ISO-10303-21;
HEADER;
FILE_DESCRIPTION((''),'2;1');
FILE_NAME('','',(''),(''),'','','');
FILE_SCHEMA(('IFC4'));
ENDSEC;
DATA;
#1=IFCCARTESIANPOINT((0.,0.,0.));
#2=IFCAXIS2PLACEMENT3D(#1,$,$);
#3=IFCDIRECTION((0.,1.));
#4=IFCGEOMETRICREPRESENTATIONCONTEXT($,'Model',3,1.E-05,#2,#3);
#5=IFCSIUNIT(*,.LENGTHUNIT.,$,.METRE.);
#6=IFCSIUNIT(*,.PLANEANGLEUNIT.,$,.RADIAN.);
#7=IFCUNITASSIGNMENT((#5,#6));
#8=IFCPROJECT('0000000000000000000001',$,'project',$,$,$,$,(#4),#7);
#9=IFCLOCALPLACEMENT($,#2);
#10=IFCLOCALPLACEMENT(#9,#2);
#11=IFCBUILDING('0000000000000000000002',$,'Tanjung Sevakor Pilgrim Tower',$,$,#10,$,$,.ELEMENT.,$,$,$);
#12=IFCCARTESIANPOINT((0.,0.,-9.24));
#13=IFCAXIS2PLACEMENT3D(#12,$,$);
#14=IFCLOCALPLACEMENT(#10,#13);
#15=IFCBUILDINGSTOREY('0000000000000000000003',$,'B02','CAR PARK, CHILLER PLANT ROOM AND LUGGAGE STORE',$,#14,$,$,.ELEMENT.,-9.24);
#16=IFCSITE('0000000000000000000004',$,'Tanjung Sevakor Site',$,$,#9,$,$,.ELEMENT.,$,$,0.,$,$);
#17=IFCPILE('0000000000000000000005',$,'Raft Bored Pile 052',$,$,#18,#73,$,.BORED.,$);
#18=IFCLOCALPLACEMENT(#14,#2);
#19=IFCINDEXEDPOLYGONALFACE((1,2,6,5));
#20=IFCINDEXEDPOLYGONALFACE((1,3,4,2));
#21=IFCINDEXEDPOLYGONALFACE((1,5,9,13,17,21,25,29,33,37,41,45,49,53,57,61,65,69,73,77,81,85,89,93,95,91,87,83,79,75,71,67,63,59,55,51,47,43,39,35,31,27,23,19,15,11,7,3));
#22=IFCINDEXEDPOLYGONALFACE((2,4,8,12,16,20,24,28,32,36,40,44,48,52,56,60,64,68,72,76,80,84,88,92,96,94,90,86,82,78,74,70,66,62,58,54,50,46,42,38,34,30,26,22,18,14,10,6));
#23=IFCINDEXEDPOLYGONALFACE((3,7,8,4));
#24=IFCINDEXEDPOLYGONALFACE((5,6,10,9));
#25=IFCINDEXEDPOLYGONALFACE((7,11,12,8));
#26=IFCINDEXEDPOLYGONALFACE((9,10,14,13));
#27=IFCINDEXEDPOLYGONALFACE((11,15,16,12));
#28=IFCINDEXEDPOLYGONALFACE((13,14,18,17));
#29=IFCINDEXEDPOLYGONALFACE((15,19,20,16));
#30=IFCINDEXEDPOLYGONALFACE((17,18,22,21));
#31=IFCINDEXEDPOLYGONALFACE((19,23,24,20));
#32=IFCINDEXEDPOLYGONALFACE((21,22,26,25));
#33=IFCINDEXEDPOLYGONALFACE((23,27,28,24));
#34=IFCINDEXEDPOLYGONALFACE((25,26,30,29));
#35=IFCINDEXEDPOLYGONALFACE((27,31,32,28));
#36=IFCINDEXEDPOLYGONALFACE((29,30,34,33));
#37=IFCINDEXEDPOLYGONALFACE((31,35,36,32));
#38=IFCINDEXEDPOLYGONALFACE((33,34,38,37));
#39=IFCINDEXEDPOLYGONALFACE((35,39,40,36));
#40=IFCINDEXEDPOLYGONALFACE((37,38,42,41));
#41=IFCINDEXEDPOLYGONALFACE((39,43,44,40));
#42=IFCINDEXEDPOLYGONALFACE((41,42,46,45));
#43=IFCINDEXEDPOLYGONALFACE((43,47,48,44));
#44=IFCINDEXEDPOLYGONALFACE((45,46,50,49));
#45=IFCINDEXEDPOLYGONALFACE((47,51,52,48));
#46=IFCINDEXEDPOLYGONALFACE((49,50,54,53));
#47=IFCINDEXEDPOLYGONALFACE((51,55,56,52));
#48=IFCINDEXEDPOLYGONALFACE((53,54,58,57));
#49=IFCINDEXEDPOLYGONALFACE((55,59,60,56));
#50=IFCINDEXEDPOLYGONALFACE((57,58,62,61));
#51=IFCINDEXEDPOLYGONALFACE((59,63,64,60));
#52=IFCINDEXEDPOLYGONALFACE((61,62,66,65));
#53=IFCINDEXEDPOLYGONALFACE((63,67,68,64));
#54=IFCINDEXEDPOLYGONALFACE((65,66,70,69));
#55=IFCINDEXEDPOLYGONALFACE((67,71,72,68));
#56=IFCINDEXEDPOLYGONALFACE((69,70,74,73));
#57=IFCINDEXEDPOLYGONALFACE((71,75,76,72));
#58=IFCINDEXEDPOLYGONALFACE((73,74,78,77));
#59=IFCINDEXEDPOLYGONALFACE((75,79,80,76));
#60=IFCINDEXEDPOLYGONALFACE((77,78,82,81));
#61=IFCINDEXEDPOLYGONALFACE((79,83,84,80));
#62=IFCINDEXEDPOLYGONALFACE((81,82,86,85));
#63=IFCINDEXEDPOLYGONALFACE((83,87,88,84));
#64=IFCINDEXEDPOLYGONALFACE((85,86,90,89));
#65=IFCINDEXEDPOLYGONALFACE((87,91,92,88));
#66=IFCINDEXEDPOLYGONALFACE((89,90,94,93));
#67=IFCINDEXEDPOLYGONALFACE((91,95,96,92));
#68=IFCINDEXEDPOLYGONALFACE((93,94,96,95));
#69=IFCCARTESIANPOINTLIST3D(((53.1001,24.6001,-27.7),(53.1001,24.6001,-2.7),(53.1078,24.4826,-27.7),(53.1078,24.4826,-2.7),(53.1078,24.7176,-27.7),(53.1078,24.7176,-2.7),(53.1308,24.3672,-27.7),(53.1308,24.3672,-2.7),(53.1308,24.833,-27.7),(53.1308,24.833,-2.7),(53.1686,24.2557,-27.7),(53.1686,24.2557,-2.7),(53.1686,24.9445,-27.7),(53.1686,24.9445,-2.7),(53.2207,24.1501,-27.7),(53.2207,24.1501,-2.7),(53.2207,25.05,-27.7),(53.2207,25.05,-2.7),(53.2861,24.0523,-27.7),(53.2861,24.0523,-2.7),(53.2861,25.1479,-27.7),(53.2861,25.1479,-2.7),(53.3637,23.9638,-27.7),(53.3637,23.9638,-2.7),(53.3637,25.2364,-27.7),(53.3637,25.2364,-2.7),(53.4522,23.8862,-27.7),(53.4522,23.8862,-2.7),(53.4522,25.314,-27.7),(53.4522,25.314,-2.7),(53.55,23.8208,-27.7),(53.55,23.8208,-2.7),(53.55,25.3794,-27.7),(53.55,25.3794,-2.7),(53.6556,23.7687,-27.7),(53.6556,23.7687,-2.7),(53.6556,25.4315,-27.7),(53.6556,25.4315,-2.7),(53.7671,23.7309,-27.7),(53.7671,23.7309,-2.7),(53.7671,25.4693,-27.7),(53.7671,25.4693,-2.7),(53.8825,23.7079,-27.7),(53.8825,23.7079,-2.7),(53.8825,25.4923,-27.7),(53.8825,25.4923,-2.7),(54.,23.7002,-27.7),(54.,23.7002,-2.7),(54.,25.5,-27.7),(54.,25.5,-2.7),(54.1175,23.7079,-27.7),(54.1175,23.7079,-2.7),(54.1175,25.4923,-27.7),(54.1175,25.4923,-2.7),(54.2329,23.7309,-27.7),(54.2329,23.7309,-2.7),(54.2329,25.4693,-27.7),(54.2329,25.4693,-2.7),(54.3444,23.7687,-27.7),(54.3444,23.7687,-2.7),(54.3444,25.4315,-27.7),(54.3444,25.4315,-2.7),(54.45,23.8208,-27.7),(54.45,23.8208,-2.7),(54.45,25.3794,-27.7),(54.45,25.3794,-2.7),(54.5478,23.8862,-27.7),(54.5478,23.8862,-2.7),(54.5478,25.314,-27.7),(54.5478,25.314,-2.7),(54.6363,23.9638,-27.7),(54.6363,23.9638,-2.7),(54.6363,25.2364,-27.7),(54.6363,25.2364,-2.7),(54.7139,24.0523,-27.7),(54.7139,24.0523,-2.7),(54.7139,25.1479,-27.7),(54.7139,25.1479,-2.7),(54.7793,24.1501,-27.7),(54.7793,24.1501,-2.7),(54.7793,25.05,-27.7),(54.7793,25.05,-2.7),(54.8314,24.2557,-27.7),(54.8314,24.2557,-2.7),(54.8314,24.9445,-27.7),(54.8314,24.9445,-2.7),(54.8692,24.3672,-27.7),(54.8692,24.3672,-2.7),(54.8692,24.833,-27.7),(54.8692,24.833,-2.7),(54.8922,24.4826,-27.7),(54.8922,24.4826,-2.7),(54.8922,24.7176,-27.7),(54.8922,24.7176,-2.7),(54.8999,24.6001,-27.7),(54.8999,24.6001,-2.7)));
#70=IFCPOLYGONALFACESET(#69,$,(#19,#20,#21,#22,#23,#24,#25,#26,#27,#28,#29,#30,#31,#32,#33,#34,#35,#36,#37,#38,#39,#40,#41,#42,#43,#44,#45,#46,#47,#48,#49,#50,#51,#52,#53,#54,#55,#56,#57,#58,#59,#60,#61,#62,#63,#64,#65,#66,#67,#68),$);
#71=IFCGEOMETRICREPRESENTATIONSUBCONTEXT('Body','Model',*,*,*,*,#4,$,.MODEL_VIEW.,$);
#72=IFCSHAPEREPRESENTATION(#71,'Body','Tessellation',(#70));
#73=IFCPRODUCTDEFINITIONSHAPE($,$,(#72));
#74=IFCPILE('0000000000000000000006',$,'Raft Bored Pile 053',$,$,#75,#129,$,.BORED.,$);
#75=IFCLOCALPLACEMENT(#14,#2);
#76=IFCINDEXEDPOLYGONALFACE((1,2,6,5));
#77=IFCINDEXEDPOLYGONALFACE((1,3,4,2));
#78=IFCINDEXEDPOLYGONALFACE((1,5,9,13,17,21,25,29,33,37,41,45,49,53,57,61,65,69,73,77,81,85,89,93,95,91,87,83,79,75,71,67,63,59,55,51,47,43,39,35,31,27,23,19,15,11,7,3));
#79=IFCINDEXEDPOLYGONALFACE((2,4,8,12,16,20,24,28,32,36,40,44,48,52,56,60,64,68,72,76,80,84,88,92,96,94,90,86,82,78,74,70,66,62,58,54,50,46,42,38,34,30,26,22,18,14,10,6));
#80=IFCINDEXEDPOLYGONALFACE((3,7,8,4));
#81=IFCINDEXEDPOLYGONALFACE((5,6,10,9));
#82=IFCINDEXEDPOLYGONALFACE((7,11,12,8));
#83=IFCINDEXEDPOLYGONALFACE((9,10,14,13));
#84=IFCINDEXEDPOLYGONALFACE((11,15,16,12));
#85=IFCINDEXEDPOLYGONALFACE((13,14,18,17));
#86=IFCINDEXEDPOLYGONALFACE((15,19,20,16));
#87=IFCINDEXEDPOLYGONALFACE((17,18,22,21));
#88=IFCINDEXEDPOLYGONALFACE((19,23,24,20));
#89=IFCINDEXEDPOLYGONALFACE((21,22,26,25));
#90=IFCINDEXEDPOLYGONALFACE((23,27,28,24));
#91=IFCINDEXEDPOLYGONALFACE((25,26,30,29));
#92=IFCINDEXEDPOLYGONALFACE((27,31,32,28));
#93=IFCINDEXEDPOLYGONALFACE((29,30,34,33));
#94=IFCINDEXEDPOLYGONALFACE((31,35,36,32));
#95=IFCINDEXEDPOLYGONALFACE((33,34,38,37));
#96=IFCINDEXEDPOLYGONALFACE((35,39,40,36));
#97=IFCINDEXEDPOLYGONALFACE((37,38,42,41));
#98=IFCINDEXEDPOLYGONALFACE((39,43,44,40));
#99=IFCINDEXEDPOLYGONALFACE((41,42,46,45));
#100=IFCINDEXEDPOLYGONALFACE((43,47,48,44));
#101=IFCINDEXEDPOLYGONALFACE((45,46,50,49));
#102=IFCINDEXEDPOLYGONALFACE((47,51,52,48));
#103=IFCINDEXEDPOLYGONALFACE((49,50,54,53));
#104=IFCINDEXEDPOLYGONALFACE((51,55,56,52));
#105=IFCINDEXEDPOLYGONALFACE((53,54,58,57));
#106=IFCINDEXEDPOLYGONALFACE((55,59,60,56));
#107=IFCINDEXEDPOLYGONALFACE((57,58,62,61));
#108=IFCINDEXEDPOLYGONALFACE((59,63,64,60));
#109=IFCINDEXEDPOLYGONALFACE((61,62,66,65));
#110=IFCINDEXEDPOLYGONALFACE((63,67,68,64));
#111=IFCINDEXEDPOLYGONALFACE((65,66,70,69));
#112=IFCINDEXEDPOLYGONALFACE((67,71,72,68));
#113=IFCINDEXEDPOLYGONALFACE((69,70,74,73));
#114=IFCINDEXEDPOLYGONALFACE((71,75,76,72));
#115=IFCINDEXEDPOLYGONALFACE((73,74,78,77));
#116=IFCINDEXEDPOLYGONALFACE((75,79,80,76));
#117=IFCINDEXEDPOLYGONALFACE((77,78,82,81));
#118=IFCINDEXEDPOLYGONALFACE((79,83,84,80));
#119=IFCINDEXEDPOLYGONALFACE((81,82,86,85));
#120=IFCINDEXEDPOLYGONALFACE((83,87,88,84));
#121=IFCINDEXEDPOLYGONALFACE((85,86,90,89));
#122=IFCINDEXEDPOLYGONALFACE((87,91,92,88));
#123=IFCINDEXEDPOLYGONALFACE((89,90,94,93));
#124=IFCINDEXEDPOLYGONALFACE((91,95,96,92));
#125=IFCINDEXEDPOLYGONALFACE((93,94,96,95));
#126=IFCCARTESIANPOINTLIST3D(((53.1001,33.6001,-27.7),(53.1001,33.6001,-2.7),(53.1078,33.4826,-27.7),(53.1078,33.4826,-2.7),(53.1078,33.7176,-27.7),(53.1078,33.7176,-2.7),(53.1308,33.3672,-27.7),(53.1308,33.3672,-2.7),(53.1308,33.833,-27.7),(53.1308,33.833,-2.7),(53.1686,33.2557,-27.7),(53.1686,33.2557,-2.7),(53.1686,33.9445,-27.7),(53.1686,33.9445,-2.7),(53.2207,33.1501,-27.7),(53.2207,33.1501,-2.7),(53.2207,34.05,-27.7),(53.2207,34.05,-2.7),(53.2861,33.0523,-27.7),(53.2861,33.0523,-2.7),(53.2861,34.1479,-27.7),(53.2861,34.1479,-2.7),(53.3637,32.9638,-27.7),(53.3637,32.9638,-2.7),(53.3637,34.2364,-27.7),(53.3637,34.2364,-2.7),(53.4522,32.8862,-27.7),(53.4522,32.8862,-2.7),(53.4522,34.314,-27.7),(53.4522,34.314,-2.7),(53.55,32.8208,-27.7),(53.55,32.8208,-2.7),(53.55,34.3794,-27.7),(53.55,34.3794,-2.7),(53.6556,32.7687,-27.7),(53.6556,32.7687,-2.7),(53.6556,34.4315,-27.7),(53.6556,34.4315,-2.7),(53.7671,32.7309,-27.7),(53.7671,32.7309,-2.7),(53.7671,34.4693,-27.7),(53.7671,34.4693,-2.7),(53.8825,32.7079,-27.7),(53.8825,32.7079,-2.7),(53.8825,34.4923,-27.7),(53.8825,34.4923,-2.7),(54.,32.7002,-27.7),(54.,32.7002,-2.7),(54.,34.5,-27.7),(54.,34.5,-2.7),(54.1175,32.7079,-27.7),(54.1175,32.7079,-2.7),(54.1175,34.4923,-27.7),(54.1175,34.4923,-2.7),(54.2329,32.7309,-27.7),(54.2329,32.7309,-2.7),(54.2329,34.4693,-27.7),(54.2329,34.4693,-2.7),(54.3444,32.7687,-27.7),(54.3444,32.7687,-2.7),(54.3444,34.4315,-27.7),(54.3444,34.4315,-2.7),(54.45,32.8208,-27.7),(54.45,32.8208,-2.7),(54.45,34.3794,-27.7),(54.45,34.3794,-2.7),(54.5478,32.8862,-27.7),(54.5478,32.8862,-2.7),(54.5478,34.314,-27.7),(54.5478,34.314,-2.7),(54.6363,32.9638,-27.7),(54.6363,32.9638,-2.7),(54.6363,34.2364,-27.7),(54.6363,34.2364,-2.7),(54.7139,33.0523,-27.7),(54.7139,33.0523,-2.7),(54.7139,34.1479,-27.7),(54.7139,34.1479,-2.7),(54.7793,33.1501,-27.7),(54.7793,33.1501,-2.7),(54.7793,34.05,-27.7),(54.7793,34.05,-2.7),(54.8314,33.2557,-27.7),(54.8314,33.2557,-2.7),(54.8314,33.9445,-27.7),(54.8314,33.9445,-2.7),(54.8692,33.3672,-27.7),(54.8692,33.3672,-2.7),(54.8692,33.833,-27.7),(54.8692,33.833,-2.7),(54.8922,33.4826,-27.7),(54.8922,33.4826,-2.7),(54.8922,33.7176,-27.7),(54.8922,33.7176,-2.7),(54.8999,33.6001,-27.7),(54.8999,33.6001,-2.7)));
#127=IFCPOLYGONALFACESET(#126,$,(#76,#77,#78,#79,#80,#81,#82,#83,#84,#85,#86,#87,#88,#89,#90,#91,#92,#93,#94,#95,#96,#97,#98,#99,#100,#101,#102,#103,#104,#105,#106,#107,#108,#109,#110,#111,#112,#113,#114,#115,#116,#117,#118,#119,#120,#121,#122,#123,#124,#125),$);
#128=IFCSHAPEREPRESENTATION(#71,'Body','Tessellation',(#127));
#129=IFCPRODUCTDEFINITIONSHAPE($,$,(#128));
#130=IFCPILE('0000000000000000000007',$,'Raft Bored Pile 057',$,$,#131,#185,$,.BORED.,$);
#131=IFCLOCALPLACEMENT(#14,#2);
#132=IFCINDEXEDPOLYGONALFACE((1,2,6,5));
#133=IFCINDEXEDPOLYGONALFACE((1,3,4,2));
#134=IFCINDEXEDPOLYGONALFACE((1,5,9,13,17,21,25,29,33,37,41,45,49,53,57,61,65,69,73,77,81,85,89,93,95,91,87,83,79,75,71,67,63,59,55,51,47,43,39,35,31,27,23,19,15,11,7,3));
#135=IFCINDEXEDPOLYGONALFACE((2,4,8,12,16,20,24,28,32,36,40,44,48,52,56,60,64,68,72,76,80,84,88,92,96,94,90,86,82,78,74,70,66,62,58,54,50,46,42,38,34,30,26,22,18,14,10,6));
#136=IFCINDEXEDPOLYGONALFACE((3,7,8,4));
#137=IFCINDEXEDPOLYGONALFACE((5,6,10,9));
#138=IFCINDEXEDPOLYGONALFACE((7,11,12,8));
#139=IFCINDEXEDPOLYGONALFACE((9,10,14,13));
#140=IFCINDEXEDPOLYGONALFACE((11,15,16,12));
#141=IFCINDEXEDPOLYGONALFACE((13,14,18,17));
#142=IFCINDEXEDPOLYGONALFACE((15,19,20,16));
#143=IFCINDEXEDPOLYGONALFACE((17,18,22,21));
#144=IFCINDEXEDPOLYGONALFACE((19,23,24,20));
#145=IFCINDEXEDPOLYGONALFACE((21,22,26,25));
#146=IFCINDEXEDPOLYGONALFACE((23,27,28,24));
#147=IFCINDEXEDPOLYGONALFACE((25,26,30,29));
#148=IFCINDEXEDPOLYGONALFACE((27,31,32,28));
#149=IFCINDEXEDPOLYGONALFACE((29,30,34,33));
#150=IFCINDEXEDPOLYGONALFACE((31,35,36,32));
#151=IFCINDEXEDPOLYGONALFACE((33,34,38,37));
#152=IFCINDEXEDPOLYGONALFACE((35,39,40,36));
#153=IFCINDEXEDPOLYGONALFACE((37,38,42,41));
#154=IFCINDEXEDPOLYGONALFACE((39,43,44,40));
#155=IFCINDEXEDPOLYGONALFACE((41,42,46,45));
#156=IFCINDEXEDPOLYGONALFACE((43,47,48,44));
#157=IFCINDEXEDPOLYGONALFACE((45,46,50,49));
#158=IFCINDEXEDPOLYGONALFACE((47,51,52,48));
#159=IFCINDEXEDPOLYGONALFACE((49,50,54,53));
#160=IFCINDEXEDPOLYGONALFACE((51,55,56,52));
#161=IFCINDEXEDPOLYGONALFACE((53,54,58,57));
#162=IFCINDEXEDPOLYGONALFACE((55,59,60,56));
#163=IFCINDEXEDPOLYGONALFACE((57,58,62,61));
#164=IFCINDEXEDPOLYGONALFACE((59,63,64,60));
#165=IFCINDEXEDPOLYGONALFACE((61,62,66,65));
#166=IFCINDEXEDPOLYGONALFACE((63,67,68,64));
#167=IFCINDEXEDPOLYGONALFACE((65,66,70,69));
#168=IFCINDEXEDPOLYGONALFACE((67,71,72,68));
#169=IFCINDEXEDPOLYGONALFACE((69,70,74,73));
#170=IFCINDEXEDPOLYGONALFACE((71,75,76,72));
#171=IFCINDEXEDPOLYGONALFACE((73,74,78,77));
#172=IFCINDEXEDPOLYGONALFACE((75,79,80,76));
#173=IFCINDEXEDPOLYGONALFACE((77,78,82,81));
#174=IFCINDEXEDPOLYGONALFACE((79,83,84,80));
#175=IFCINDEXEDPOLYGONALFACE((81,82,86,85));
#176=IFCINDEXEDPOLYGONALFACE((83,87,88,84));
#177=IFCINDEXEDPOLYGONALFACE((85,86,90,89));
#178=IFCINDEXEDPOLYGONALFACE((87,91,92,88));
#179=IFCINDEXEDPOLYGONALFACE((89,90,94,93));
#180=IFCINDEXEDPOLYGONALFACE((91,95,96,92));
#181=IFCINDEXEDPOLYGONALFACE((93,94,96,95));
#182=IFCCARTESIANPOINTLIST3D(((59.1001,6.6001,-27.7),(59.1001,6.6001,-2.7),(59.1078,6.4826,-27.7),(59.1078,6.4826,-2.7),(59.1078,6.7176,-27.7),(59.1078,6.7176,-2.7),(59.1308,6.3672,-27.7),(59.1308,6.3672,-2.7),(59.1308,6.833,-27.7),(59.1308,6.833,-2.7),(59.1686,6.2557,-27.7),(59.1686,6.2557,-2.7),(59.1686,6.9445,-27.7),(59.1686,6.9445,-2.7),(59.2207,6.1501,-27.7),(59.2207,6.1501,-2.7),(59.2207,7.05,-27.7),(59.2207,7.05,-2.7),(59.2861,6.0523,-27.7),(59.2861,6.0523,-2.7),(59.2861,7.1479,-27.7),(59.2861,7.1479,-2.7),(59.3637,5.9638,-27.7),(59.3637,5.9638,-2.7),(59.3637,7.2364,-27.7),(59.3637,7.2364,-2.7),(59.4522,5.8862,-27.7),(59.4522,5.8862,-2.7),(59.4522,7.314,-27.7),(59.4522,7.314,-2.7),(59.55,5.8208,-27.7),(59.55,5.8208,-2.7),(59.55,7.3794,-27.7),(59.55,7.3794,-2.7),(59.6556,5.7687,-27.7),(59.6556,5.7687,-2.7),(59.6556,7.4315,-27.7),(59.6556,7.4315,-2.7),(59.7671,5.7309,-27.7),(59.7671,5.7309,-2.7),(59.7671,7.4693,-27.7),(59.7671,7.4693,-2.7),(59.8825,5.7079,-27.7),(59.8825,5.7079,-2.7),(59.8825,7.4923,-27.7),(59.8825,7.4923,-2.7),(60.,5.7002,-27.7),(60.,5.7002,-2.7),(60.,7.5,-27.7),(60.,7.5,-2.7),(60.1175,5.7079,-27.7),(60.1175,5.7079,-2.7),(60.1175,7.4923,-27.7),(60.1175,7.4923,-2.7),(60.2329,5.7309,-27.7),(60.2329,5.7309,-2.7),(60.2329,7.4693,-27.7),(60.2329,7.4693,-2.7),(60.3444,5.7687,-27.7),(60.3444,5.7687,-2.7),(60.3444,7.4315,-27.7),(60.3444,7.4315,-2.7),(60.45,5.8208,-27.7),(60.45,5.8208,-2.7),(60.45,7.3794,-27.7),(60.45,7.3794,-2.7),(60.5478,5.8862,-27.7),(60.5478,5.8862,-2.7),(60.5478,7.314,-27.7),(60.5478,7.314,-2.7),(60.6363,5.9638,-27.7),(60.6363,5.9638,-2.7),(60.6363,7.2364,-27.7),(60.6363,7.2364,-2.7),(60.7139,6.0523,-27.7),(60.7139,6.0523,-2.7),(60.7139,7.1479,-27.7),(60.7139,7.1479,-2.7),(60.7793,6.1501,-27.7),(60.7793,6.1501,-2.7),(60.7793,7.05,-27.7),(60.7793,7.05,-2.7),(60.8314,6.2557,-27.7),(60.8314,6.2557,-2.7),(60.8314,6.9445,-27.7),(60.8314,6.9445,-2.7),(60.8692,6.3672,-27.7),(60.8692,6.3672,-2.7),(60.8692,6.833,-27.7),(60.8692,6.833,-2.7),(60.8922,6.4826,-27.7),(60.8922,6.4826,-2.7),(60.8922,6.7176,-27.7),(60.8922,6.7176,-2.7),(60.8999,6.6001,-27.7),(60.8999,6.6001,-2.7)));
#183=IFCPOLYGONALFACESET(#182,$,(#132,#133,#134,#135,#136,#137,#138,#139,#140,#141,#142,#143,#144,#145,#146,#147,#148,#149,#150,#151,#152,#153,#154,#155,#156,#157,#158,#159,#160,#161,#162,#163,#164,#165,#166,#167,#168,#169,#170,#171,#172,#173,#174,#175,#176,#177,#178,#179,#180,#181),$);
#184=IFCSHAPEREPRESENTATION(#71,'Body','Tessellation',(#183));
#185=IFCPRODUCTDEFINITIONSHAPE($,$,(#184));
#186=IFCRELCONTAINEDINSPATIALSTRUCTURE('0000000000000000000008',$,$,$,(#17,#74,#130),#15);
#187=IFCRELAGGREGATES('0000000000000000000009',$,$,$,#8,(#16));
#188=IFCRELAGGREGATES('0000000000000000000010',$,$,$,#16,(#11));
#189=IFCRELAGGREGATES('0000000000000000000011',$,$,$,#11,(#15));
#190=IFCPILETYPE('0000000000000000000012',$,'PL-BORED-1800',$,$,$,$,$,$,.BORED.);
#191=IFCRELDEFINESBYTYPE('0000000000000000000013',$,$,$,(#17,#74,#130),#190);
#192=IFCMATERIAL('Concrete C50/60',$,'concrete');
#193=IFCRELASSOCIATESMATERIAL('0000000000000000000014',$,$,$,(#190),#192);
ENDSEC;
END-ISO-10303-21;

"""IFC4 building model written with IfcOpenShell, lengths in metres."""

from ifc_helpers import new_model, si_unit, direction, frame, origin, origin_2d, place, context, subcontext, project, spatial, circle, extrude, material, material_profile, profile_set, type_object, element, save


model = new_model("IFC4")

# Units and contexts
model_context = context("Model", 3, precision=1e-05, world=origin(), true_north=direction((0.0, 1.0)))
body_context = subcontext(model_context, "Body", "Model", "MODEL_VIEW")
ifc_project = project(units=[si_unit("LENGTHUNIT", "METRE"), si_unit("PLANEANGLEUNIT", "RADIAN")], contexts=[model_context])

# Site, building, storey
site_placement = place(None, origin())
site = spatial("IfcSite", under=ifc_project, at=site_placement, Name="Tanjung Sevakor Site", CompositionType="ELEMENT", RefElevation=0.0)
building_placement = place(site_placement, origin())
building = spatial("IfcBuilding", under=site, at=building_placement, Name="Tanjung Sevakor Pilgrim Tower", CompositionType="ELEMENT")
storey_placement = place(building_placement, frame((0.0, 0.0, -9.24)))
storey = spatial("IfcBuildingStorey", under=building, at=storey_placement, Name="B02", Description="CAR PARK, CHILLER PLANT ROOM AND LUGGAGE STORE", CompositionType="ELEMENT", Elevation=-9.24)

# Piles
ifc_material_1 = material(Name="Concrete C50/60", Category="concrete")
ifc_material_profile_1 = material_profile(ifc_material_1, circle(Radius=0.8999, at=origin_2d()))
ifc_profile_set_1 = profile_set([ifc_material_profile_1], Name="Concrete C50/60")
pile_type = type_object("IfcPileType", Name="PL-BORED-1800", PredefinedType="BORED", material=ifc_profile_set_1)
for number, where, z_axis, x_axis, name in (
    (1, (54.0, 24.6001, -2.7), (0.0, 0.0, -1.0), (1.0, 0.0, 0.0), "Raft Bored Pile 052"),
    (2, (54.0, 33.6001, -2.7), (0.0, 0.0, -1.0), (1.0, 0.0, 0.0), "Raft Bored Pile 053"),
    (3, (60.0, 6.6001, -2.7), (0.0, 0.0, -1.0), (1.0, 0.0, 0.0), "Raft Bored Pile 057"),
):
    element("IfcPile", number, at=place(storey_placement, frame(where, z_axis=z_axis, x_axis=x_axis)), inside=storey, type_object=pile_type, Name=name, PredefinedType="BORED", context=body_context, shape_type="SweptSolid", body=[
        extrude(circle(Radius=0.8999, at=origin_2d()), origin(), (0.0, 0.0, 1.0), 25.0),
    ])

save(model, "model.ifc")
